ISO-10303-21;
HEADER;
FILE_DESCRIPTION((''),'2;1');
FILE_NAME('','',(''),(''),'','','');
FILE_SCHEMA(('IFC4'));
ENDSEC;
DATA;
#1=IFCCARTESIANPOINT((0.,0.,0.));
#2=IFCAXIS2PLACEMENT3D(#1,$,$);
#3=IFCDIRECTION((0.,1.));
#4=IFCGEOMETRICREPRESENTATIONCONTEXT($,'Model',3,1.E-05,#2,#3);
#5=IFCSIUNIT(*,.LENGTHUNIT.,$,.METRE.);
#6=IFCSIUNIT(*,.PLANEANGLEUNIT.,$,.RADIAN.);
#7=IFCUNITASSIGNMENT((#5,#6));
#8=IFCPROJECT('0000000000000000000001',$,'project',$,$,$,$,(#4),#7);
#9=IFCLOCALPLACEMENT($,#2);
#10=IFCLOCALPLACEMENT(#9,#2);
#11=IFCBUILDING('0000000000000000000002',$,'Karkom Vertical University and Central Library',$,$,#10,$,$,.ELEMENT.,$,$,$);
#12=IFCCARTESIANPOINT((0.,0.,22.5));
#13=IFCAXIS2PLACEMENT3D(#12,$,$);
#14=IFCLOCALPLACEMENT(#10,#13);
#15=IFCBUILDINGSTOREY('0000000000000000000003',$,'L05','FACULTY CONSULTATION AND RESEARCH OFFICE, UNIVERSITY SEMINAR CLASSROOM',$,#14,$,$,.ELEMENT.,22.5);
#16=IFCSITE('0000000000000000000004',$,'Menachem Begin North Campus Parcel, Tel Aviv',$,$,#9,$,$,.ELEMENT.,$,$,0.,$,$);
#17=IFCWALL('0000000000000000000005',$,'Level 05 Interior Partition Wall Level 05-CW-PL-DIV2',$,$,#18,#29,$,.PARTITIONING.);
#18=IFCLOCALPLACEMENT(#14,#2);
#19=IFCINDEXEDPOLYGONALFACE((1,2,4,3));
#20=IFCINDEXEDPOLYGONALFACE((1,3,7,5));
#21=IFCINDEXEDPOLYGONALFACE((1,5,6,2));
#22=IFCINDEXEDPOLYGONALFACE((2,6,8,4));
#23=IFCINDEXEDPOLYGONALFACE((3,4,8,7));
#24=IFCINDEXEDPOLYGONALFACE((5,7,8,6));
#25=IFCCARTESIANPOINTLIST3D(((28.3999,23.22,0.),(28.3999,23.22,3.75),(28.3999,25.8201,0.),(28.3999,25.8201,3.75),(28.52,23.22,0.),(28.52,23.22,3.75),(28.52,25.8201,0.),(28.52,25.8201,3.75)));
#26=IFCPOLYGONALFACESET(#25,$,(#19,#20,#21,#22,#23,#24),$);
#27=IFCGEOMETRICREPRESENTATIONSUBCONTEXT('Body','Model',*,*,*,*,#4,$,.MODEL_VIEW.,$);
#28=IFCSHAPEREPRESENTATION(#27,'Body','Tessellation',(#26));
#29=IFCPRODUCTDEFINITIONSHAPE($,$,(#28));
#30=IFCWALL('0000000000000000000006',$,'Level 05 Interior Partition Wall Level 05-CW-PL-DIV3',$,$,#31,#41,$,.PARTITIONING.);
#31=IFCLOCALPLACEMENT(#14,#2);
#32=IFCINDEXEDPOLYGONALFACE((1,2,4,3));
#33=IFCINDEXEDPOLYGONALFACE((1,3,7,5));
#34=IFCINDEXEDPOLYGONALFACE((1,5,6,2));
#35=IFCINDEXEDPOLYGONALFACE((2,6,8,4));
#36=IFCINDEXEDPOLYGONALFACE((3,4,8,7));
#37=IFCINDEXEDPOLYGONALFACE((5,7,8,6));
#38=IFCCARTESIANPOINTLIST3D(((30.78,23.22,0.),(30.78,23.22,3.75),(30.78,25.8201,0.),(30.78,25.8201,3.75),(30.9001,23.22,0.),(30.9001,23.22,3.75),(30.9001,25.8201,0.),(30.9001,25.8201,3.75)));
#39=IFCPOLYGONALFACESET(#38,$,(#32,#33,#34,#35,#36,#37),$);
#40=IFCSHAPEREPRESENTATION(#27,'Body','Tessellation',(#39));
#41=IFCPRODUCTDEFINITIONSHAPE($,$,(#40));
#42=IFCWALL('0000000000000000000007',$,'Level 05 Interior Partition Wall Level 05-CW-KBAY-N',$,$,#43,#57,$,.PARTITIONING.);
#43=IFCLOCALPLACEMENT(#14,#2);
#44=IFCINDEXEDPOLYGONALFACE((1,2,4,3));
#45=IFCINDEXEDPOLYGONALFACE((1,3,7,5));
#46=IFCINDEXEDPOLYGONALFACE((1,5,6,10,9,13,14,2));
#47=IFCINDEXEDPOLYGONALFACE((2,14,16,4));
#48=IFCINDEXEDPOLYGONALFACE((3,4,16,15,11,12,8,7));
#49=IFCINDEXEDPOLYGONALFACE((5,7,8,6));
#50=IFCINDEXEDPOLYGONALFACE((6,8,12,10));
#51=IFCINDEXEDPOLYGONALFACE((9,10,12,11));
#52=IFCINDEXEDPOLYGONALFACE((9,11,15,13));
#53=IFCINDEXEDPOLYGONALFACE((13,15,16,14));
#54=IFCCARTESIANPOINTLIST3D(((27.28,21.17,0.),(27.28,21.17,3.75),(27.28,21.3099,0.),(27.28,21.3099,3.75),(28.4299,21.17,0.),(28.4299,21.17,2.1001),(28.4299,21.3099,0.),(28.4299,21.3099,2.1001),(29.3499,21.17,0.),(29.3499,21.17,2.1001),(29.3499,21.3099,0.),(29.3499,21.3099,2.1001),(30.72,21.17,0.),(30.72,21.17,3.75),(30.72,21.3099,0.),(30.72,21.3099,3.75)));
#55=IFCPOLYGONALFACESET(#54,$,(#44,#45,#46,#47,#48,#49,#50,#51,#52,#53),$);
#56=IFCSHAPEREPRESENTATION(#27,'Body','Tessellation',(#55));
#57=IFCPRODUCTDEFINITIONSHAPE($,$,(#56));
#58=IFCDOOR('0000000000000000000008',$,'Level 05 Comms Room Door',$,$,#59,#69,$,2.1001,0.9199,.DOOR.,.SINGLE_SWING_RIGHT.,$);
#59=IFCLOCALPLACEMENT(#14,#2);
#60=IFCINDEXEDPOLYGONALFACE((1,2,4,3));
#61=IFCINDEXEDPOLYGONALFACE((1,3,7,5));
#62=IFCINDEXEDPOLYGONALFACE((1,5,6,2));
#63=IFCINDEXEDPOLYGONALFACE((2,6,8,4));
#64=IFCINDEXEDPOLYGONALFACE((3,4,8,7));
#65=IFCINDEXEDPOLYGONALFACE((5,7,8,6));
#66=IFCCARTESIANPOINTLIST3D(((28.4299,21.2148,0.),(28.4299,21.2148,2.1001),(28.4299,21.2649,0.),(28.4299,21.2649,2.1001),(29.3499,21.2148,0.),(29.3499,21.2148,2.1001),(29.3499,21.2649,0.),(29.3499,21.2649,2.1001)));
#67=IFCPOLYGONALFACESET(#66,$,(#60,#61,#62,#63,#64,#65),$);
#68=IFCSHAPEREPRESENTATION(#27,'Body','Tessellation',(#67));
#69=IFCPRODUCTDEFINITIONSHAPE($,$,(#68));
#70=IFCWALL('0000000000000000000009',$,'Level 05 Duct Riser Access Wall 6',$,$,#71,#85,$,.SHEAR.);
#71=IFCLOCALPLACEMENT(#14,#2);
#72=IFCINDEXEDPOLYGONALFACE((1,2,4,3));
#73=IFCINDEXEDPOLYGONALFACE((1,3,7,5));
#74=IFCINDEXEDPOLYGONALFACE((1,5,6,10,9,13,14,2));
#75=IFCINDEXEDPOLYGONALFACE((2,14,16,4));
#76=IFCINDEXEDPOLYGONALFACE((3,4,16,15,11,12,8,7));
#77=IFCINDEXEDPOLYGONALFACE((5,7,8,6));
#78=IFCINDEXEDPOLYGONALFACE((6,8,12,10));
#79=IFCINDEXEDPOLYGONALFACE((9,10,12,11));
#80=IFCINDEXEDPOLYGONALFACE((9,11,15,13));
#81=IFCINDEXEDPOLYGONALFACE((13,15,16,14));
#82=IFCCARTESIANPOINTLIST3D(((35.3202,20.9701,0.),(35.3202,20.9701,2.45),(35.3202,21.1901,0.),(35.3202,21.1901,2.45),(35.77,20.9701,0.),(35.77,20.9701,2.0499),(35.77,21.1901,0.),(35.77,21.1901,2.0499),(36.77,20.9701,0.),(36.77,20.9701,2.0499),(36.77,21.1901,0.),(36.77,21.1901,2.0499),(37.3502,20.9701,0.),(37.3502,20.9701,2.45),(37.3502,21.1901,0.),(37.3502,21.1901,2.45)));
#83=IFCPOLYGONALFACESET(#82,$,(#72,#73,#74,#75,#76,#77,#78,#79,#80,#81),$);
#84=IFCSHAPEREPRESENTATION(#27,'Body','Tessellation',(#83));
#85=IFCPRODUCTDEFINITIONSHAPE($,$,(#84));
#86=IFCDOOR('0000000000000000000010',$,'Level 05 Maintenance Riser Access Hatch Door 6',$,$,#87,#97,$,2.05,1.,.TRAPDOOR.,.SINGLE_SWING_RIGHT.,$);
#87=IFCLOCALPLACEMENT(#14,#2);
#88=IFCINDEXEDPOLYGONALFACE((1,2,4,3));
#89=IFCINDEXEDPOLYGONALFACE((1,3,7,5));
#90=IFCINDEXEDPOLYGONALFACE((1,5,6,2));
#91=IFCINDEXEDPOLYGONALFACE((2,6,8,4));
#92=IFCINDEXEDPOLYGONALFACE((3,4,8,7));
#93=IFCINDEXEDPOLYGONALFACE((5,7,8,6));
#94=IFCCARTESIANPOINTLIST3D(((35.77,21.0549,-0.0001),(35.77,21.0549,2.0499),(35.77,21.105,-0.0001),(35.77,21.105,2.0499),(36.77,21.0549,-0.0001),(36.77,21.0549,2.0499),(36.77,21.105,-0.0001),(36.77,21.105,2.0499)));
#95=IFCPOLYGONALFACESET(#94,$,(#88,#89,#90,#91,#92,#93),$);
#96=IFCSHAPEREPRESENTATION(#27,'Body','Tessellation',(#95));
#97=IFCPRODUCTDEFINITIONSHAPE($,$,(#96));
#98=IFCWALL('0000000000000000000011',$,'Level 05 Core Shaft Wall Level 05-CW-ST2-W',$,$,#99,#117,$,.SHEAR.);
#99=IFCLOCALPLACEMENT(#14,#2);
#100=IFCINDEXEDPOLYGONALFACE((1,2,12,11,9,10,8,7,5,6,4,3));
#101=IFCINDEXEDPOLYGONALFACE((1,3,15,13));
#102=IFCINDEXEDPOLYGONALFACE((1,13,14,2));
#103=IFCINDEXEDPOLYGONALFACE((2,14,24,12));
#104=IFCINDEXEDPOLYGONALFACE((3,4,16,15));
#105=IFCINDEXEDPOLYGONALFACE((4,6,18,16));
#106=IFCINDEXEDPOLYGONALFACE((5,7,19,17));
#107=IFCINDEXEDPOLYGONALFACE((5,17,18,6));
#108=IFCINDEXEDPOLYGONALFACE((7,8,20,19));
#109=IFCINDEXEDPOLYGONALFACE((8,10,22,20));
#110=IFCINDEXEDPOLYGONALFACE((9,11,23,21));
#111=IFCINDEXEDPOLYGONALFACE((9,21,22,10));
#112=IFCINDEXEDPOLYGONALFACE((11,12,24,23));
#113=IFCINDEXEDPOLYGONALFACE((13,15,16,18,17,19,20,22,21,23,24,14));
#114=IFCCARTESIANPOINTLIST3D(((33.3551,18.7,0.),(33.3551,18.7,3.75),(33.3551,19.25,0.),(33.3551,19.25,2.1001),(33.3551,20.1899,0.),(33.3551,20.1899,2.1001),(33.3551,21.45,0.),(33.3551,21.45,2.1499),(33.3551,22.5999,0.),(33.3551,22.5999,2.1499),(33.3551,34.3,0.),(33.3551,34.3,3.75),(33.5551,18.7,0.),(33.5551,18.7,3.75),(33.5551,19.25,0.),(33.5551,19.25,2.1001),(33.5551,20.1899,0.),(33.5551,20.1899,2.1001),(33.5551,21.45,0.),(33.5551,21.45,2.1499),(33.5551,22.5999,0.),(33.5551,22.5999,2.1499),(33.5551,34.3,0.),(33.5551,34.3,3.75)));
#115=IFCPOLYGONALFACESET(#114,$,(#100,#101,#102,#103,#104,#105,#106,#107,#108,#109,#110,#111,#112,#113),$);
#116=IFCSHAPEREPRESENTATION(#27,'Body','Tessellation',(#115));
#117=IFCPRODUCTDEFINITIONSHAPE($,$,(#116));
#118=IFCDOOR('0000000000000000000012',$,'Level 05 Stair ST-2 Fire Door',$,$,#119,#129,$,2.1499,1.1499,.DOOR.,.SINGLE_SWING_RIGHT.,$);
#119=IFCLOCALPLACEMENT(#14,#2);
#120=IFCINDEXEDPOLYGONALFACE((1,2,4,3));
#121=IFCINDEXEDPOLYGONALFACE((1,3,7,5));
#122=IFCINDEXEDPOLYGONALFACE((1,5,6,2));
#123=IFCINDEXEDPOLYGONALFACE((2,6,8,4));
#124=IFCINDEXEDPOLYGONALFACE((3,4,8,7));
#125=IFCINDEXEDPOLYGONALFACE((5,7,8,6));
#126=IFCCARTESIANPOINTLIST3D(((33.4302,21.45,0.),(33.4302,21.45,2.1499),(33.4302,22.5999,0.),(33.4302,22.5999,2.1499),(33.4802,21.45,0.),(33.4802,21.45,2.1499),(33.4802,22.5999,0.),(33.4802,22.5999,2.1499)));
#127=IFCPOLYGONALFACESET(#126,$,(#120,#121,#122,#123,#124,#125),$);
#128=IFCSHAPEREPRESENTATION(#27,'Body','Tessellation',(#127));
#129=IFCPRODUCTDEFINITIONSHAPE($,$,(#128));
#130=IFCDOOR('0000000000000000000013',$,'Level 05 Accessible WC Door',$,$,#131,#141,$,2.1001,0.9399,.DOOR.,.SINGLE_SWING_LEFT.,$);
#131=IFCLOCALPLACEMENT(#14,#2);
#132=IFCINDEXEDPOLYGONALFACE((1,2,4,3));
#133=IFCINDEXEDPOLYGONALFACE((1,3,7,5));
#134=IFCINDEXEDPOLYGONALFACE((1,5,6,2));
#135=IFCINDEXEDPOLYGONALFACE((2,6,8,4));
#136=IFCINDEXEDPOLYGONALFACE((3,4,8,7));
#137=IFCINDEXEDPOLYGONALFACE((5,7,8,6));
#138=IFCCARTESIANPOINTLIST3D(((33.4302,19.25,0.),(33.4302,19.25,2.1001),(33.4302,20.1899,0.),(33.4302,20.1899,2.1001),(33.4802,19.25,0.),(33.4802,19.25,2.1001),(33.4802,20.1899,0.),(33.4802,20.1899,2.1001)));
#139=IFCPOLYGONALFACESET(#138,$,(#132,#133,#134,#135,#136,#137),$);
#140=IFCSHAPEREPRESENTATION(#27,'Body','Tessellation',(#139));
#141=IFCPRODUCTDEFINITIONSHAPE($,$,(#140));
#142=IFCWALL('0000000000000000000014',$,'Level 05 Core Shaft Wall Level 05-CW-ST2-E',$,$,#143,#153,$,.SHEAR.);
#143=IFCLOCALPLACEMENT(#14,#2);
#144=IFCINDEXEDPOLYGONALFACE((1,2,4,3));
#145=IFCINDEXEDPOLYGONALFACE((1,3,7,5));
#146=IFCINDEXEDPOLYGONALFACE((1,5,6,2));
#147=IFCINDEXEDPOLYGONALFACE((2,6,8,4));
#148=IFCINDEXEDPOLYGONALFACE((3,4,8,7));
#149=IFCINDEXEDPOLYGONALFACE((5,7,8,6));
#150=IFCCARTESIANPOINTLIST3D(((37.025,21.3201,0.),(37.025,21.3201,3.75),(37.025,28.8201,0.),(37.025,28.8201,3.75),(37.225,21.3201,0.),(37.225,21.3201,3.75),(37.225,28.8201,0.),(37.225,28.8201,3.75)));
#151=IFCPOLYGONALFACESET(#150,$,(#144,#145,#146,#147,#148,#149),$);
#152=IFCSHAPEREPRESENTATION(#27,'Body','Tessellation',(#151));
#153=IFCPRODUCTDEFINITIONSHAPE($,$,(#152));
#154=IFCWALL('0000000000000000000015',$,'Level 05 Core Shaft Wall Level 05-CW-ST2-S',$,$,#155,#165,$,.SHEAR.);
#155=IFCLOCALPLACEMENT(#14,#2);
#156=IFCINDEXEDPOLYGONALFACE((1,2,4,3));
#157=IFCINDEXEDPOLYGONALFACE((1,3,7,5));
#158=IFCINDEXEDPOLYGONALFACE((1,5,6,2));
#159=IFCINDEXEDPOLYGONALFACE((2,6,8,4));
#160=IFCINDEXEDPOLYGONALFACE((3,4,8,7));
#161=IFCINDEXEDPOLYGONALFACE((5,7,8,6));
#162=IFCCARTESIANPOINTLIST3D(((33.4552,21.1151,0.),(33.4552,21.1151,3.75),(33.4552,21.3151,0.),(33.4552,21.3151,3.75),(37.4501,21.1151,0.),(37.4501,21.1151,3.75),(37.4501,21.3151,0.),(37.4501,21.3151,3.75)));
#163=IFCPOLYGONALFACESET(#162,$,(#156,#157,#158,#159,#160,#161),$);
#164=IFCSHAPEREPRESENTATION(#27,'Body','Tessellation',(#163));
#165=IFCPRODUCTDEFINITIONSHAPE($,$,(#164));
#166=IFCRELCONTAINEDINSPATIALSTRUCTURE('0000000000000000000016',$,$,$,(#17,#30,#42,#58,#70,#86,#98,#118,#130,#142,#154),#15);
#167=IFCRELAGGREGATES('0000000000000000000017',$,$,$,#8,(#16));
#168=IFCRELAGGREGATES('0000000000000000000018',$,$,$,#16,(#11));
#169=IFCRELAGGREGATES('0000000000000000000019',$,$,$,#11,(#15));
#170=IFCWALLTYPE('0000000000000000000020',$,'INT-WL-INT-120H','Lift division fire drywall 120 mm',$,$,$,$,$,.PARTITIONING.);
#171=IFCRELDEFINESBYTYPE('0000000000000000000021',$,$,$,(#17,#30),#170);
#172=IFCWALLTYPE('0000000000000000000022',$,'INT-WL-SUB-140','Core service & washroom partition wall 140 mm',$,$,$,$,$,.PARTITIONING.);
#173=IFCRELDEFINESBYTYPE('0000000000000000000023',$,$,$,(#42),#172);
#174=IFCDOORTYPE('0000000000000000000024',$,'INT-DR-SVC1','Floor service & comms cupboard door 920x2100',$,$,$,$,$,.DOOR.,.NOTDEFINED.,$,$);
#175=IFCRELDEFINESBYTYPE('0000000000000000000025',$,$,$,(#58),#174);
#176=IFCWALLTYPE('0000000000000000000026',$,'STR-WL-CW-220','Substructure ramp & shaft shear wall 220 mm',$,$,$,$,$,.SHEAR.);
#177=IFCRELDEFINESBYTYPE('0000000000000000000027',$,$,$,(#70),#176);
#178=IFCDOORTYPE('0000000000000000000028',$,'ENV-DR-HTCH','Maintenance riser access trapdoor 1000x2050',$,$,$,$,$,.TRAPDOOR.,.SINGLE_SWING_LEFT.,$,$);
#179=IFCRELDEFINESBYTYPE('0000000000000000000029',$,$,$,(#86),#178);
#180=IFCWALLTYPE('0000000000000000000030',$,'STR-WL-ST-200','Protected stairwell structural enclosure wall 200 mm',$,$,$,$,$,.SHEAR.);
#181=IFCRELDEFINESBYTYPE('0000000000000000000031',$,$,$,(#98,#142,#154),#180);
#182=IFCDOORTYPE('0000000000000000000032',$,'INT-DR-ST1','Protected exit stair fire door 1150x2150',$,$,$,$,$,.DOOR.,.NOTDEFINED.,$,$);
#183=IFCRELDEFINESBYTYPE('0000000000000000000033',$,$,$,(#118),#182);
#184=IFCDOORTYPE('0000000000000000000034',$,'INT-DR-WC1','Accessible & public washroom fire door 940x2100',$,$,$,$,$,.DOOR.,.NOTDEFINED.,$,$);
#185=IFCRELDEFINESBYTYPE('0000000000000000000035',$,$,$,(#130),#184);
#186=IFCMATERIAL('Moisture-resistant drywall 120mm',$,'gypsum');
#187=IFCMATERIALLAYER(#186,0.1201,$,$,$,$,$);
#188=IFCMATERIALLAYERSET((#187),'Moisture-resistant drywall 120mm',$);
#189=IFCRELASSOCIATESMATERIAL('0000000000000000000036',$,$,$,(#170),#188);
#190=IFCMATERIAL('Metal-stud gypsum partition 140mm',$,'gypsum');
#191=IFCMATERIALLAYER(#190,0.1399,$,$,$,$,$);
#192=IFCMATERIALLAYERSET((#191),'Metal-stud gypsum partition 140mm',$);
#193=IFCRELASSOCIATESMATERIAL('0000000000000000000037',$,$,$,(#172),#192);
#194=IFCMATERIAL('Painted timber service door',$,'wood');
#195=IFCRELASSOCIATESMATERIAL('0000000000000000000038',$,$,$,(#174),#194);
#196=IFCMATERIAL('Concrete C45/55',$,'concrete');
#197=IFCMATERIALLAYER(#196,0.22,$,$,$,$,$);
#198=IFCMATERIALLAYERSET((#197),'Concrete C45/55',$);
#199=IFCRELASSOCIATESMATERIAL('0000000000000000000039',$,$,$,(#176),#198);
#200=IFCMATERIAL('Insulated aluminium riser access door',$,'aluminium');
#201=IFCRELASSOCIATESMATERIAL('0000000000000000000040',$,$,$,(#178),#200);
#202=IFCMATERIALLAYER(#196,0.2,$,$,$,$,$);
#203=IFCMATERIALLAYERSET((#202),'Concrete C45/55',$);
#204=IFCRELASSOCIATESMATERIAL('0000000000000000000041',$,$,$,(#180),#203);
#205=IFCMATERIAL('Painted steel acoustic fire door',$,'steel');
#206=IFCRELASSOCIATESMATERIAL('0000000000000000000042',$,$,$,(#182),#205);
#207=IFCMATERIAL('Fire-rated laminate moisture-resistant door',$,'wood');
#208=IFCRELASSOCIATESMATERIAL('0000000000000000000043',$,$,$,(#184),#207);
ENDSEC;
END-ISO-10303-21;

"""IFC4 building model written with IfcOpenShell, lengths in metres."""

from ifc_helpers import new_model, si_unit, direction, frame, frame_2d, origin, origin_with_axes, place, context, subcontext, project, spatial, rectangle, extrude, source, transform, mapped, material, layer, layer_set, type_object, element, fill, save


model = new_model("IFC4")

# Units and contexts
model_context = context("Model", 3, precision=1e-05, world=origin(), true_north=direction((0.0, 1.0)))
body_context = subcontext(model_context, "Body", "Model", "MODEL_VIEW")
ifc_project = project(units=[si_unit("LENGTHUNIT", "METRE"), si_unit("PLANEANGLEUNIT", "RADIAN")], contexts=[model_context])

# Site, building, storey
site_placement = place(None, origin())
site = spatial("IfcSite", under=ifc_project, at=site_placement, Name="Menachem Begin North Campus Parcel, Tel Aviv", CompositionType="ELEMENT", RefElevation=0.0)
building_placement = place(site_placement, origin())
building = spatial("IfcBuilding", under=site, at=building_placement, Name="Karkom Vertical University and Central Library", CompositionType="ELEMENT")
storey_placement = place(building_placement, frame((0.0, 0.0, 22.5)))
storey = spatial("IfcBuildingStorey", under=building, at=storey_placement, Name="L05", Description="FACULTY CONSULTATION AND RESEARCH OFFICE, UNIVERSITY SEMINAR CLASSROOM", CompositionType="ELEMENT", Elevation=22.5)

# Walls
ifc_material_1 = material(Name="Moisture-resistant drywall 120mm", Category="gypsum")
ifc_layer_1 = layer(ifc_material_1, 0.1201)
ifc_layer_set_1 = layer_set([ifc_layer_1], Name="Moisture-resistant drywall 120mm")
wall_type_1 = type_object("IfcWallType", Name="INT-WL-INT-120H", Description="Lift division fire drywall 120 mm", PredefinedType="PARTITIONING", material=ifc_layer_set_1)
for number, where, z_axis, x_axis, name in (
    (1, (28.46, 23.22, 0.0), (0.0, 0.0, 1.0), (0.0, 1.0, 0.0), "Level 05 Interior Partition Wall Level 05-CW-PL-DIV2"),
    (2, (30.8401, 23.22, 0.0), (0.0, 0.0, 1.0), (0.0, 1.0, 0.0), "Level 05 Interior Partition Wall Level 05-CW-PL-DIV3"),
):
    element("IfcWall", number, at=place(storey_placement, frame(where, z_axis=z_axis, x_axis=x_axis)), inside=storey, type_object=wall_type_1, Name=name, PredefinedType="PARTITIONING", context=body_context, shape_type="SweptSolid", body=[
        extrude(rectangle(XDim=2.6001, YDim=0.1201, at=frame_2d((1.3, 0.0))), origin(), (0.0, 0.0, 1.0), 3.75),
    ])

# Walls, openings, doors
ifc_material_2 = material(Name="Metal-stud gypsum partition 140mm", Category="gypsum")
ifc_layer_2 = layer(ifc_material_2, 0.1399)
ifc_layer_set_2 = layer_set([ifc_layer_2], Name="Metal-stud gypsum partition 140mm")
wall_type_2 = type_object("IfcWallType", Name="INT-WL-SUB-140", Description="Core service & washroom partition wall 140 mm", PredefinedType="PARTITIONING", material=ifc_layer_set_2)
wall_1_placement = place(storey_placement, frame((27.28, 21.24, 0.0), z_axis=(0.0, 0.0, 1.0), x_axis=(1.0, 0.0, 0.0)))
wall_1 = element("IfcWall", 3, at=wall_1_placement, inside=storey, type_object=wall_type_2, Name="Level 05 Interior Partition Wall Level 05-CW-KBAY-N", PredefinedType="PARTITIONING", context=body_context, shape_type="SweptSolid", body=[
    extrude(rectangle(XDim=3.4399, YDim=0.1399, at=frame_2d((1.72, 0.0))), origin(), (0.0, 0.0, 1.0), 3.75),
])
opening_1_placement = place(wall_1_placement, frame((1.1499, 0.0, 0.0)))
opening_1 = element("IfcOpeningElement", 4, at=opening_1_placement, cuts=wall_1, PredefinedType="OPENING", context=body_context, shape_type="SweptSolid", body=[
    extrude(rectangle(XDim=0.9199, YDim=2.1001, at=frame_2d((0.46, 1.05))), frame((0.0, 0.0801, 0.0), z_axis=(0.0, -1.0, 0.0), x_axis=(1.0, 0.0, 0.0)), (0.0, 0.0, 1.0), 0.1599),
])
ifc_material_3 = material(Name="Painted timber service door", Category="wood")
door_type_1 = type_object("IfcDoorType", Name="INT-DR-SVC1", Description="Floor service & comms cupboard door 920x2100", OperationType="NOTDEFINED", PredefinedType="DOOR", material=ifc_material_3)
shared_shape_1 = source(origin_with_axes(), body_context, "Body", "SweptSolid", [
    extrude(rectangle(XDim=0.9199, YDim=2.1001, at=frame_2d((0.46, 1.05))), frame((0.0, 0.0249, 0.0), z_axis=(0.0, -1.0, 0.0), x_axis=(1.0, 0.0, 0.0)), (0.0, 0.0, 1.0), 0.05),
])
door_1_placement = place(opening_1_placement, origin())
door_1 = element("IfcDoor", 5, at=door_1_placement, inside=storey, type_object=door_type_1, Name="Level 05 Comms Room Door", OperationType="SINGLE_SWING_RIGHT", OverallHeight=2.1001, OverallWidth=0.9199, PredefinedType="DOOR", context=body_context, shape_type="MappedRepresentation", body=[
    mapped(shared_shape_1, transform((0.0, 0.0, 0.0), scale=1.0)),
])
fill(opening_1, door_1)
ifc_material_4 = material(Name="Concrete C45/55", Category="concrete")
ifc_layer_3 = layer(ifc_material_4, 0.22)
ifc_layer_set_3 = layer_set([ifc_layer_3], Name="Concrete C45/55")
wall_type_3 = type_object("IfcWallType", Name="STR-WL-CW-220", Description="Substructure ramp & shaft shear wall 220 mm", PredefinedType="SHEAR", material=ifc_layer_set_3)
wall_2_placement = place(storey_placement, frame((35.3201, 21.0801, 0.0), z_axis=(0.0, 0.0, 1.0), x_axis=(1.0, 0.0, 0.0)))
wall_2 = element("IfcWall", 6, at=wall_2_placement, inside=storey, type_object=wall_type_3, Name="Level 05 Duct Riser Access Wall 6", PredefinedType="SHEAR", context=body_context, shape_type="SweptSolid", body=[
    extrude(rectangle(XDim=2.03, YDim=0.22, at=frame_2d((1.0151, 0.0))), origin(), (0.0, 0.0, 1.0), 2.45),
])
opening_2_placement = place(wall_2_placement, frame((0.45, 0.0, 0.0)))
opening_2 = element("IfcOpeningElement", 7, at=opening_2_placement, cuts=wall_2, PredefinedType="OPENING", context=body_context, shape_type="SweptSolid", body=[
    extrude(rectangle(XDim=1.0, YDim=2.05, at=frame_2d((0.5, 1.0249))), frame((0.0, 0.1201, 0.0), z_axis=(0.0, -1.0, 0.0), x_axis=(1.0, 0.0, 0.0)), (0.0, 0.0, 1.0), 0.24),
])
ifc_material_5 = material(Name="Insulated aluminium riser access door", Category="aluminium")
door_type_2 = type_object("IfcDoorType", Name="ENV-DR-HTCH", Description="Maintenance riser access trapdoor 1000x2050", OperationType="SINGLE_SWING_LEFT", PredefinedType="TRAPDOOR", material=ifc_material_5)
shared_shape_2 = source(origin_with_axes(), body_context, "Body", "SweptSolid", [
    extrude(rectangle(XDim=1.0, YDim=2.05, at=frame_2d((0.5, 1.0249))), frame((0.0, 0.0249, 0.0), z_axis=(0.0, -1.0, 0.0), x_axis=(1.0, 0.0, 0.0)), (0.0, 0.0, 1.0), 0.05),
])
door_2_placement = place(opening_2_placement, origin())
door_2 = element("IfcDoor", 8, at=door_2_placement, inside=storey, type_object=door_type_2, Name="Level 05 Maintenance Riser Access Hatch Door 6", OperationType="SINGLE_SWING_RIGHT", OverallHeight=2.05, OverallWidth=1.0, PredefinedType="TRAPDOOR", context=body_context, shape_type="MappedRepresentation", body=[
    mapped(shared_shape_2, transform((0.0, 0.0, 0.0), scale=1.0)),
])
fill(opening_2, door_2)

# Wall, openings, doors
ifc_layer_4 = layer(ifc_material_4, 0.2)
ifc_layer_set_4 = layer_set([ifc_layer_4], Name="Concrete C45/55")
wall_type_4 = type_object("IfcWallType", Name="STR-WL-ST-200", Description="Protected stairwell structural enclosure wall 200 mm", PredefinedType="SHEAR", material=ifc_layer_set_4)
wall_3_placement = place(storey_placement, frame((33.4551, 18.7, 0.0), z_axis=(0.0, 0.0, 1.0), x_axis=(0.0, 1.0, 0.0)))
wall_3 = element("IfcWall", 9, at=wall_3_placement, inside=storey, type_object=wall_type_4, Name="Level 05 Core Shaft Wall Level 05-CW-ST2-W", PredefinedType="SHEAR", context=body_context, shape_type="SweptSolid", body=[
    extrude(rectangle(XDim=15.6001, YDim=0.2, at=frame_2d((7.8, 0.0))), origin(), (0.0, 0.0, 1.0), 3.75),
])
opening_3_placement = place(wall_3_placement, frame((2.75, 0.0, 0.0)))
opening_3 = element("IfcOpeningElement", 10, at=opening_3_placement, cuts=wall_3, PredefinedType="OPENING", context=body_context, shape_type="SweptSolid", body=[
    extrude(rectangle(XDim=1.1499, YDim=2.1499, at=frame_2d((0.575, 1.075))), frame((0.0, 0.1099, 0.0), z_axis=(0.0, -1.0, 0.0), x_axis=(1.0, 0.0, 0.0)), (0.0, 0.0, 1.0), 0.22),
])
opening_4_placement = place(wall_3_placement, frame((0.55, 0.0, 0.0)))
opening_4 = element("IfcOpeningElement", 11, at=opening_4_placement, cuts=wall_3, PredefinedType="OPENING", context=body_context, shape_type="SweptSolid", body=[
    extrude(rectangle(XDim=0.9399, YDim=2.1001, at=frame_2d((0.47, 1.05))), frame((0.0, 0.1099, 0.0), z_axis=(0.0, -1.0, 0.0), x_axis=(1.0, 0.0, 0.0)), (0.0, 0.0, 1.0), 0.22),
])
ifc_material_6 = material(Name="Painted steel acoustic fire door", Category="steel")
door_type_3 = type_object("IfcDoorType", Name="INT-DR-ST1", Description="Protected exit stair fire door 1150x2150", OperationType="NOTDEFINED", PredefinedType="DOOR", material=ifc_material_6)
shared_shape_3 = source(origin_with_axes(), body_context, "Body", "SweptSolid", [
    extrude(rectangle(XDim=1.1499, YDim=2.1499, at=frame_2d((0.575, 1.075))), frame((0.0, 0.0249, 0.0), z_axis=(0.0, -1.0, 0.0), x_axis=(1.0, 0.0, 0.0)), (0.0, 0.0, 1.0), 0.05),
])
door_3_placement = place(opening_3_placement, origin())
door_3 = element("IfcDoor", 12, at=door_3_placement, inside=storey, type_object=door_type_3, Name="Level 05 Stair ST-2 Fire Door", OperationType="SINGLE_SWING_RIGHT", OverallHeight=2.1499, OverallWidth=1.1499, PredefinedType="DOOR", context=body_context, shape_type="MappedRepresentation", body=[
    mapped(shared_shape_3, transform((0.0, 0.0, 0.0), scale=1.0)),
])
fill(opening_3, door_3)
ifc_material_7 = material(Name="Fire-rated laminate moisture-resistant door", Category="wood")
door_type_4 = type_object("IfcDoorType", Name="INT-DR-WC1", Description="Accessible & public washroom fire door 940x2100", OperationType="NOTDEFINED", PredefinedType="DOOR", material=ifc_material_7)
shared_shape_4 = source(origin_with_axes(), body_context, "Body", "SweptSolid", [
    extrude(rectangle(XDim=0.9399, YDim=2.1001, at=frame_2d((0.47, 1.05))), frame((0.0, 0.0249, 0.0), z_axis=(0.0, -1.0, 0.0), x_axis=(1.0, 0.0, 0.0)), (0.0, 0.0, 1.0), 0.05),
])
door_4_placement = place(opening_4_placement, origin())
door_4 = element("IfcDoor", 13, at=door_4_placement, inside=storey, type_object=door_type_4, Name="Level 05 Accessible WC Door", OperationType="SINGLE_SWING_LEFT", OverallHeight=2.1001, OverallWidth=0.9399, PredefinedType="DOOR", context=body_context, shape_type="MappedRepresentation", body=[
    mapped(shared_shape_4, transform((0.0, 0.0, 0.0), scale=1.0)),
])
fill(opening_4, door_4)

# Walls
wall_4_placement = place(storey_placement, frame((37.125, 21.3201, 0.0), z_axis=(0.0, 0.0, 1.0), x_axis=(0.0, 1.0, 0.0)))
element("IfcWall", 14, at=wall_4_placement, inside=storey, type_object=wall_type_4, Name="Level 05 Core Shaft Wall Level 05-CW-ST2-E", PredefinedType="SHEAR", context=body_context, shape_type="SweptSolid", body=[
    extrude(rectangle(XDim=7.5, YDim=0.2, at=frame_2d((3.75, 0.0))), origin(), (0.0, 0.0, 1.0), 3.75),
])
wall_5_placement = place(storey_placement, frame((33.4551, 21.2151, 0.0), z_axis=(0.0, 0.0, 1.0), x_axis=(1.0, 0.0, 0.0)))
element("IfcWall", 15, at=wall_5_placement, inside=storey, type_object=wall_type_4, Name="Level 05 Core Shaft Wall Level 05-CW-ST2-S", PredefinedType="SHEAR", context=body_context, shape_type="SweptSolid", body=[
    extrude(rectangle(XDim=3.9949, YDim=0.2, at=frame_2d((1.9976, 0.0))), origin(), (0.0, 0.0, 1.0), 3.75),
])

save(model, "model.ifc")
